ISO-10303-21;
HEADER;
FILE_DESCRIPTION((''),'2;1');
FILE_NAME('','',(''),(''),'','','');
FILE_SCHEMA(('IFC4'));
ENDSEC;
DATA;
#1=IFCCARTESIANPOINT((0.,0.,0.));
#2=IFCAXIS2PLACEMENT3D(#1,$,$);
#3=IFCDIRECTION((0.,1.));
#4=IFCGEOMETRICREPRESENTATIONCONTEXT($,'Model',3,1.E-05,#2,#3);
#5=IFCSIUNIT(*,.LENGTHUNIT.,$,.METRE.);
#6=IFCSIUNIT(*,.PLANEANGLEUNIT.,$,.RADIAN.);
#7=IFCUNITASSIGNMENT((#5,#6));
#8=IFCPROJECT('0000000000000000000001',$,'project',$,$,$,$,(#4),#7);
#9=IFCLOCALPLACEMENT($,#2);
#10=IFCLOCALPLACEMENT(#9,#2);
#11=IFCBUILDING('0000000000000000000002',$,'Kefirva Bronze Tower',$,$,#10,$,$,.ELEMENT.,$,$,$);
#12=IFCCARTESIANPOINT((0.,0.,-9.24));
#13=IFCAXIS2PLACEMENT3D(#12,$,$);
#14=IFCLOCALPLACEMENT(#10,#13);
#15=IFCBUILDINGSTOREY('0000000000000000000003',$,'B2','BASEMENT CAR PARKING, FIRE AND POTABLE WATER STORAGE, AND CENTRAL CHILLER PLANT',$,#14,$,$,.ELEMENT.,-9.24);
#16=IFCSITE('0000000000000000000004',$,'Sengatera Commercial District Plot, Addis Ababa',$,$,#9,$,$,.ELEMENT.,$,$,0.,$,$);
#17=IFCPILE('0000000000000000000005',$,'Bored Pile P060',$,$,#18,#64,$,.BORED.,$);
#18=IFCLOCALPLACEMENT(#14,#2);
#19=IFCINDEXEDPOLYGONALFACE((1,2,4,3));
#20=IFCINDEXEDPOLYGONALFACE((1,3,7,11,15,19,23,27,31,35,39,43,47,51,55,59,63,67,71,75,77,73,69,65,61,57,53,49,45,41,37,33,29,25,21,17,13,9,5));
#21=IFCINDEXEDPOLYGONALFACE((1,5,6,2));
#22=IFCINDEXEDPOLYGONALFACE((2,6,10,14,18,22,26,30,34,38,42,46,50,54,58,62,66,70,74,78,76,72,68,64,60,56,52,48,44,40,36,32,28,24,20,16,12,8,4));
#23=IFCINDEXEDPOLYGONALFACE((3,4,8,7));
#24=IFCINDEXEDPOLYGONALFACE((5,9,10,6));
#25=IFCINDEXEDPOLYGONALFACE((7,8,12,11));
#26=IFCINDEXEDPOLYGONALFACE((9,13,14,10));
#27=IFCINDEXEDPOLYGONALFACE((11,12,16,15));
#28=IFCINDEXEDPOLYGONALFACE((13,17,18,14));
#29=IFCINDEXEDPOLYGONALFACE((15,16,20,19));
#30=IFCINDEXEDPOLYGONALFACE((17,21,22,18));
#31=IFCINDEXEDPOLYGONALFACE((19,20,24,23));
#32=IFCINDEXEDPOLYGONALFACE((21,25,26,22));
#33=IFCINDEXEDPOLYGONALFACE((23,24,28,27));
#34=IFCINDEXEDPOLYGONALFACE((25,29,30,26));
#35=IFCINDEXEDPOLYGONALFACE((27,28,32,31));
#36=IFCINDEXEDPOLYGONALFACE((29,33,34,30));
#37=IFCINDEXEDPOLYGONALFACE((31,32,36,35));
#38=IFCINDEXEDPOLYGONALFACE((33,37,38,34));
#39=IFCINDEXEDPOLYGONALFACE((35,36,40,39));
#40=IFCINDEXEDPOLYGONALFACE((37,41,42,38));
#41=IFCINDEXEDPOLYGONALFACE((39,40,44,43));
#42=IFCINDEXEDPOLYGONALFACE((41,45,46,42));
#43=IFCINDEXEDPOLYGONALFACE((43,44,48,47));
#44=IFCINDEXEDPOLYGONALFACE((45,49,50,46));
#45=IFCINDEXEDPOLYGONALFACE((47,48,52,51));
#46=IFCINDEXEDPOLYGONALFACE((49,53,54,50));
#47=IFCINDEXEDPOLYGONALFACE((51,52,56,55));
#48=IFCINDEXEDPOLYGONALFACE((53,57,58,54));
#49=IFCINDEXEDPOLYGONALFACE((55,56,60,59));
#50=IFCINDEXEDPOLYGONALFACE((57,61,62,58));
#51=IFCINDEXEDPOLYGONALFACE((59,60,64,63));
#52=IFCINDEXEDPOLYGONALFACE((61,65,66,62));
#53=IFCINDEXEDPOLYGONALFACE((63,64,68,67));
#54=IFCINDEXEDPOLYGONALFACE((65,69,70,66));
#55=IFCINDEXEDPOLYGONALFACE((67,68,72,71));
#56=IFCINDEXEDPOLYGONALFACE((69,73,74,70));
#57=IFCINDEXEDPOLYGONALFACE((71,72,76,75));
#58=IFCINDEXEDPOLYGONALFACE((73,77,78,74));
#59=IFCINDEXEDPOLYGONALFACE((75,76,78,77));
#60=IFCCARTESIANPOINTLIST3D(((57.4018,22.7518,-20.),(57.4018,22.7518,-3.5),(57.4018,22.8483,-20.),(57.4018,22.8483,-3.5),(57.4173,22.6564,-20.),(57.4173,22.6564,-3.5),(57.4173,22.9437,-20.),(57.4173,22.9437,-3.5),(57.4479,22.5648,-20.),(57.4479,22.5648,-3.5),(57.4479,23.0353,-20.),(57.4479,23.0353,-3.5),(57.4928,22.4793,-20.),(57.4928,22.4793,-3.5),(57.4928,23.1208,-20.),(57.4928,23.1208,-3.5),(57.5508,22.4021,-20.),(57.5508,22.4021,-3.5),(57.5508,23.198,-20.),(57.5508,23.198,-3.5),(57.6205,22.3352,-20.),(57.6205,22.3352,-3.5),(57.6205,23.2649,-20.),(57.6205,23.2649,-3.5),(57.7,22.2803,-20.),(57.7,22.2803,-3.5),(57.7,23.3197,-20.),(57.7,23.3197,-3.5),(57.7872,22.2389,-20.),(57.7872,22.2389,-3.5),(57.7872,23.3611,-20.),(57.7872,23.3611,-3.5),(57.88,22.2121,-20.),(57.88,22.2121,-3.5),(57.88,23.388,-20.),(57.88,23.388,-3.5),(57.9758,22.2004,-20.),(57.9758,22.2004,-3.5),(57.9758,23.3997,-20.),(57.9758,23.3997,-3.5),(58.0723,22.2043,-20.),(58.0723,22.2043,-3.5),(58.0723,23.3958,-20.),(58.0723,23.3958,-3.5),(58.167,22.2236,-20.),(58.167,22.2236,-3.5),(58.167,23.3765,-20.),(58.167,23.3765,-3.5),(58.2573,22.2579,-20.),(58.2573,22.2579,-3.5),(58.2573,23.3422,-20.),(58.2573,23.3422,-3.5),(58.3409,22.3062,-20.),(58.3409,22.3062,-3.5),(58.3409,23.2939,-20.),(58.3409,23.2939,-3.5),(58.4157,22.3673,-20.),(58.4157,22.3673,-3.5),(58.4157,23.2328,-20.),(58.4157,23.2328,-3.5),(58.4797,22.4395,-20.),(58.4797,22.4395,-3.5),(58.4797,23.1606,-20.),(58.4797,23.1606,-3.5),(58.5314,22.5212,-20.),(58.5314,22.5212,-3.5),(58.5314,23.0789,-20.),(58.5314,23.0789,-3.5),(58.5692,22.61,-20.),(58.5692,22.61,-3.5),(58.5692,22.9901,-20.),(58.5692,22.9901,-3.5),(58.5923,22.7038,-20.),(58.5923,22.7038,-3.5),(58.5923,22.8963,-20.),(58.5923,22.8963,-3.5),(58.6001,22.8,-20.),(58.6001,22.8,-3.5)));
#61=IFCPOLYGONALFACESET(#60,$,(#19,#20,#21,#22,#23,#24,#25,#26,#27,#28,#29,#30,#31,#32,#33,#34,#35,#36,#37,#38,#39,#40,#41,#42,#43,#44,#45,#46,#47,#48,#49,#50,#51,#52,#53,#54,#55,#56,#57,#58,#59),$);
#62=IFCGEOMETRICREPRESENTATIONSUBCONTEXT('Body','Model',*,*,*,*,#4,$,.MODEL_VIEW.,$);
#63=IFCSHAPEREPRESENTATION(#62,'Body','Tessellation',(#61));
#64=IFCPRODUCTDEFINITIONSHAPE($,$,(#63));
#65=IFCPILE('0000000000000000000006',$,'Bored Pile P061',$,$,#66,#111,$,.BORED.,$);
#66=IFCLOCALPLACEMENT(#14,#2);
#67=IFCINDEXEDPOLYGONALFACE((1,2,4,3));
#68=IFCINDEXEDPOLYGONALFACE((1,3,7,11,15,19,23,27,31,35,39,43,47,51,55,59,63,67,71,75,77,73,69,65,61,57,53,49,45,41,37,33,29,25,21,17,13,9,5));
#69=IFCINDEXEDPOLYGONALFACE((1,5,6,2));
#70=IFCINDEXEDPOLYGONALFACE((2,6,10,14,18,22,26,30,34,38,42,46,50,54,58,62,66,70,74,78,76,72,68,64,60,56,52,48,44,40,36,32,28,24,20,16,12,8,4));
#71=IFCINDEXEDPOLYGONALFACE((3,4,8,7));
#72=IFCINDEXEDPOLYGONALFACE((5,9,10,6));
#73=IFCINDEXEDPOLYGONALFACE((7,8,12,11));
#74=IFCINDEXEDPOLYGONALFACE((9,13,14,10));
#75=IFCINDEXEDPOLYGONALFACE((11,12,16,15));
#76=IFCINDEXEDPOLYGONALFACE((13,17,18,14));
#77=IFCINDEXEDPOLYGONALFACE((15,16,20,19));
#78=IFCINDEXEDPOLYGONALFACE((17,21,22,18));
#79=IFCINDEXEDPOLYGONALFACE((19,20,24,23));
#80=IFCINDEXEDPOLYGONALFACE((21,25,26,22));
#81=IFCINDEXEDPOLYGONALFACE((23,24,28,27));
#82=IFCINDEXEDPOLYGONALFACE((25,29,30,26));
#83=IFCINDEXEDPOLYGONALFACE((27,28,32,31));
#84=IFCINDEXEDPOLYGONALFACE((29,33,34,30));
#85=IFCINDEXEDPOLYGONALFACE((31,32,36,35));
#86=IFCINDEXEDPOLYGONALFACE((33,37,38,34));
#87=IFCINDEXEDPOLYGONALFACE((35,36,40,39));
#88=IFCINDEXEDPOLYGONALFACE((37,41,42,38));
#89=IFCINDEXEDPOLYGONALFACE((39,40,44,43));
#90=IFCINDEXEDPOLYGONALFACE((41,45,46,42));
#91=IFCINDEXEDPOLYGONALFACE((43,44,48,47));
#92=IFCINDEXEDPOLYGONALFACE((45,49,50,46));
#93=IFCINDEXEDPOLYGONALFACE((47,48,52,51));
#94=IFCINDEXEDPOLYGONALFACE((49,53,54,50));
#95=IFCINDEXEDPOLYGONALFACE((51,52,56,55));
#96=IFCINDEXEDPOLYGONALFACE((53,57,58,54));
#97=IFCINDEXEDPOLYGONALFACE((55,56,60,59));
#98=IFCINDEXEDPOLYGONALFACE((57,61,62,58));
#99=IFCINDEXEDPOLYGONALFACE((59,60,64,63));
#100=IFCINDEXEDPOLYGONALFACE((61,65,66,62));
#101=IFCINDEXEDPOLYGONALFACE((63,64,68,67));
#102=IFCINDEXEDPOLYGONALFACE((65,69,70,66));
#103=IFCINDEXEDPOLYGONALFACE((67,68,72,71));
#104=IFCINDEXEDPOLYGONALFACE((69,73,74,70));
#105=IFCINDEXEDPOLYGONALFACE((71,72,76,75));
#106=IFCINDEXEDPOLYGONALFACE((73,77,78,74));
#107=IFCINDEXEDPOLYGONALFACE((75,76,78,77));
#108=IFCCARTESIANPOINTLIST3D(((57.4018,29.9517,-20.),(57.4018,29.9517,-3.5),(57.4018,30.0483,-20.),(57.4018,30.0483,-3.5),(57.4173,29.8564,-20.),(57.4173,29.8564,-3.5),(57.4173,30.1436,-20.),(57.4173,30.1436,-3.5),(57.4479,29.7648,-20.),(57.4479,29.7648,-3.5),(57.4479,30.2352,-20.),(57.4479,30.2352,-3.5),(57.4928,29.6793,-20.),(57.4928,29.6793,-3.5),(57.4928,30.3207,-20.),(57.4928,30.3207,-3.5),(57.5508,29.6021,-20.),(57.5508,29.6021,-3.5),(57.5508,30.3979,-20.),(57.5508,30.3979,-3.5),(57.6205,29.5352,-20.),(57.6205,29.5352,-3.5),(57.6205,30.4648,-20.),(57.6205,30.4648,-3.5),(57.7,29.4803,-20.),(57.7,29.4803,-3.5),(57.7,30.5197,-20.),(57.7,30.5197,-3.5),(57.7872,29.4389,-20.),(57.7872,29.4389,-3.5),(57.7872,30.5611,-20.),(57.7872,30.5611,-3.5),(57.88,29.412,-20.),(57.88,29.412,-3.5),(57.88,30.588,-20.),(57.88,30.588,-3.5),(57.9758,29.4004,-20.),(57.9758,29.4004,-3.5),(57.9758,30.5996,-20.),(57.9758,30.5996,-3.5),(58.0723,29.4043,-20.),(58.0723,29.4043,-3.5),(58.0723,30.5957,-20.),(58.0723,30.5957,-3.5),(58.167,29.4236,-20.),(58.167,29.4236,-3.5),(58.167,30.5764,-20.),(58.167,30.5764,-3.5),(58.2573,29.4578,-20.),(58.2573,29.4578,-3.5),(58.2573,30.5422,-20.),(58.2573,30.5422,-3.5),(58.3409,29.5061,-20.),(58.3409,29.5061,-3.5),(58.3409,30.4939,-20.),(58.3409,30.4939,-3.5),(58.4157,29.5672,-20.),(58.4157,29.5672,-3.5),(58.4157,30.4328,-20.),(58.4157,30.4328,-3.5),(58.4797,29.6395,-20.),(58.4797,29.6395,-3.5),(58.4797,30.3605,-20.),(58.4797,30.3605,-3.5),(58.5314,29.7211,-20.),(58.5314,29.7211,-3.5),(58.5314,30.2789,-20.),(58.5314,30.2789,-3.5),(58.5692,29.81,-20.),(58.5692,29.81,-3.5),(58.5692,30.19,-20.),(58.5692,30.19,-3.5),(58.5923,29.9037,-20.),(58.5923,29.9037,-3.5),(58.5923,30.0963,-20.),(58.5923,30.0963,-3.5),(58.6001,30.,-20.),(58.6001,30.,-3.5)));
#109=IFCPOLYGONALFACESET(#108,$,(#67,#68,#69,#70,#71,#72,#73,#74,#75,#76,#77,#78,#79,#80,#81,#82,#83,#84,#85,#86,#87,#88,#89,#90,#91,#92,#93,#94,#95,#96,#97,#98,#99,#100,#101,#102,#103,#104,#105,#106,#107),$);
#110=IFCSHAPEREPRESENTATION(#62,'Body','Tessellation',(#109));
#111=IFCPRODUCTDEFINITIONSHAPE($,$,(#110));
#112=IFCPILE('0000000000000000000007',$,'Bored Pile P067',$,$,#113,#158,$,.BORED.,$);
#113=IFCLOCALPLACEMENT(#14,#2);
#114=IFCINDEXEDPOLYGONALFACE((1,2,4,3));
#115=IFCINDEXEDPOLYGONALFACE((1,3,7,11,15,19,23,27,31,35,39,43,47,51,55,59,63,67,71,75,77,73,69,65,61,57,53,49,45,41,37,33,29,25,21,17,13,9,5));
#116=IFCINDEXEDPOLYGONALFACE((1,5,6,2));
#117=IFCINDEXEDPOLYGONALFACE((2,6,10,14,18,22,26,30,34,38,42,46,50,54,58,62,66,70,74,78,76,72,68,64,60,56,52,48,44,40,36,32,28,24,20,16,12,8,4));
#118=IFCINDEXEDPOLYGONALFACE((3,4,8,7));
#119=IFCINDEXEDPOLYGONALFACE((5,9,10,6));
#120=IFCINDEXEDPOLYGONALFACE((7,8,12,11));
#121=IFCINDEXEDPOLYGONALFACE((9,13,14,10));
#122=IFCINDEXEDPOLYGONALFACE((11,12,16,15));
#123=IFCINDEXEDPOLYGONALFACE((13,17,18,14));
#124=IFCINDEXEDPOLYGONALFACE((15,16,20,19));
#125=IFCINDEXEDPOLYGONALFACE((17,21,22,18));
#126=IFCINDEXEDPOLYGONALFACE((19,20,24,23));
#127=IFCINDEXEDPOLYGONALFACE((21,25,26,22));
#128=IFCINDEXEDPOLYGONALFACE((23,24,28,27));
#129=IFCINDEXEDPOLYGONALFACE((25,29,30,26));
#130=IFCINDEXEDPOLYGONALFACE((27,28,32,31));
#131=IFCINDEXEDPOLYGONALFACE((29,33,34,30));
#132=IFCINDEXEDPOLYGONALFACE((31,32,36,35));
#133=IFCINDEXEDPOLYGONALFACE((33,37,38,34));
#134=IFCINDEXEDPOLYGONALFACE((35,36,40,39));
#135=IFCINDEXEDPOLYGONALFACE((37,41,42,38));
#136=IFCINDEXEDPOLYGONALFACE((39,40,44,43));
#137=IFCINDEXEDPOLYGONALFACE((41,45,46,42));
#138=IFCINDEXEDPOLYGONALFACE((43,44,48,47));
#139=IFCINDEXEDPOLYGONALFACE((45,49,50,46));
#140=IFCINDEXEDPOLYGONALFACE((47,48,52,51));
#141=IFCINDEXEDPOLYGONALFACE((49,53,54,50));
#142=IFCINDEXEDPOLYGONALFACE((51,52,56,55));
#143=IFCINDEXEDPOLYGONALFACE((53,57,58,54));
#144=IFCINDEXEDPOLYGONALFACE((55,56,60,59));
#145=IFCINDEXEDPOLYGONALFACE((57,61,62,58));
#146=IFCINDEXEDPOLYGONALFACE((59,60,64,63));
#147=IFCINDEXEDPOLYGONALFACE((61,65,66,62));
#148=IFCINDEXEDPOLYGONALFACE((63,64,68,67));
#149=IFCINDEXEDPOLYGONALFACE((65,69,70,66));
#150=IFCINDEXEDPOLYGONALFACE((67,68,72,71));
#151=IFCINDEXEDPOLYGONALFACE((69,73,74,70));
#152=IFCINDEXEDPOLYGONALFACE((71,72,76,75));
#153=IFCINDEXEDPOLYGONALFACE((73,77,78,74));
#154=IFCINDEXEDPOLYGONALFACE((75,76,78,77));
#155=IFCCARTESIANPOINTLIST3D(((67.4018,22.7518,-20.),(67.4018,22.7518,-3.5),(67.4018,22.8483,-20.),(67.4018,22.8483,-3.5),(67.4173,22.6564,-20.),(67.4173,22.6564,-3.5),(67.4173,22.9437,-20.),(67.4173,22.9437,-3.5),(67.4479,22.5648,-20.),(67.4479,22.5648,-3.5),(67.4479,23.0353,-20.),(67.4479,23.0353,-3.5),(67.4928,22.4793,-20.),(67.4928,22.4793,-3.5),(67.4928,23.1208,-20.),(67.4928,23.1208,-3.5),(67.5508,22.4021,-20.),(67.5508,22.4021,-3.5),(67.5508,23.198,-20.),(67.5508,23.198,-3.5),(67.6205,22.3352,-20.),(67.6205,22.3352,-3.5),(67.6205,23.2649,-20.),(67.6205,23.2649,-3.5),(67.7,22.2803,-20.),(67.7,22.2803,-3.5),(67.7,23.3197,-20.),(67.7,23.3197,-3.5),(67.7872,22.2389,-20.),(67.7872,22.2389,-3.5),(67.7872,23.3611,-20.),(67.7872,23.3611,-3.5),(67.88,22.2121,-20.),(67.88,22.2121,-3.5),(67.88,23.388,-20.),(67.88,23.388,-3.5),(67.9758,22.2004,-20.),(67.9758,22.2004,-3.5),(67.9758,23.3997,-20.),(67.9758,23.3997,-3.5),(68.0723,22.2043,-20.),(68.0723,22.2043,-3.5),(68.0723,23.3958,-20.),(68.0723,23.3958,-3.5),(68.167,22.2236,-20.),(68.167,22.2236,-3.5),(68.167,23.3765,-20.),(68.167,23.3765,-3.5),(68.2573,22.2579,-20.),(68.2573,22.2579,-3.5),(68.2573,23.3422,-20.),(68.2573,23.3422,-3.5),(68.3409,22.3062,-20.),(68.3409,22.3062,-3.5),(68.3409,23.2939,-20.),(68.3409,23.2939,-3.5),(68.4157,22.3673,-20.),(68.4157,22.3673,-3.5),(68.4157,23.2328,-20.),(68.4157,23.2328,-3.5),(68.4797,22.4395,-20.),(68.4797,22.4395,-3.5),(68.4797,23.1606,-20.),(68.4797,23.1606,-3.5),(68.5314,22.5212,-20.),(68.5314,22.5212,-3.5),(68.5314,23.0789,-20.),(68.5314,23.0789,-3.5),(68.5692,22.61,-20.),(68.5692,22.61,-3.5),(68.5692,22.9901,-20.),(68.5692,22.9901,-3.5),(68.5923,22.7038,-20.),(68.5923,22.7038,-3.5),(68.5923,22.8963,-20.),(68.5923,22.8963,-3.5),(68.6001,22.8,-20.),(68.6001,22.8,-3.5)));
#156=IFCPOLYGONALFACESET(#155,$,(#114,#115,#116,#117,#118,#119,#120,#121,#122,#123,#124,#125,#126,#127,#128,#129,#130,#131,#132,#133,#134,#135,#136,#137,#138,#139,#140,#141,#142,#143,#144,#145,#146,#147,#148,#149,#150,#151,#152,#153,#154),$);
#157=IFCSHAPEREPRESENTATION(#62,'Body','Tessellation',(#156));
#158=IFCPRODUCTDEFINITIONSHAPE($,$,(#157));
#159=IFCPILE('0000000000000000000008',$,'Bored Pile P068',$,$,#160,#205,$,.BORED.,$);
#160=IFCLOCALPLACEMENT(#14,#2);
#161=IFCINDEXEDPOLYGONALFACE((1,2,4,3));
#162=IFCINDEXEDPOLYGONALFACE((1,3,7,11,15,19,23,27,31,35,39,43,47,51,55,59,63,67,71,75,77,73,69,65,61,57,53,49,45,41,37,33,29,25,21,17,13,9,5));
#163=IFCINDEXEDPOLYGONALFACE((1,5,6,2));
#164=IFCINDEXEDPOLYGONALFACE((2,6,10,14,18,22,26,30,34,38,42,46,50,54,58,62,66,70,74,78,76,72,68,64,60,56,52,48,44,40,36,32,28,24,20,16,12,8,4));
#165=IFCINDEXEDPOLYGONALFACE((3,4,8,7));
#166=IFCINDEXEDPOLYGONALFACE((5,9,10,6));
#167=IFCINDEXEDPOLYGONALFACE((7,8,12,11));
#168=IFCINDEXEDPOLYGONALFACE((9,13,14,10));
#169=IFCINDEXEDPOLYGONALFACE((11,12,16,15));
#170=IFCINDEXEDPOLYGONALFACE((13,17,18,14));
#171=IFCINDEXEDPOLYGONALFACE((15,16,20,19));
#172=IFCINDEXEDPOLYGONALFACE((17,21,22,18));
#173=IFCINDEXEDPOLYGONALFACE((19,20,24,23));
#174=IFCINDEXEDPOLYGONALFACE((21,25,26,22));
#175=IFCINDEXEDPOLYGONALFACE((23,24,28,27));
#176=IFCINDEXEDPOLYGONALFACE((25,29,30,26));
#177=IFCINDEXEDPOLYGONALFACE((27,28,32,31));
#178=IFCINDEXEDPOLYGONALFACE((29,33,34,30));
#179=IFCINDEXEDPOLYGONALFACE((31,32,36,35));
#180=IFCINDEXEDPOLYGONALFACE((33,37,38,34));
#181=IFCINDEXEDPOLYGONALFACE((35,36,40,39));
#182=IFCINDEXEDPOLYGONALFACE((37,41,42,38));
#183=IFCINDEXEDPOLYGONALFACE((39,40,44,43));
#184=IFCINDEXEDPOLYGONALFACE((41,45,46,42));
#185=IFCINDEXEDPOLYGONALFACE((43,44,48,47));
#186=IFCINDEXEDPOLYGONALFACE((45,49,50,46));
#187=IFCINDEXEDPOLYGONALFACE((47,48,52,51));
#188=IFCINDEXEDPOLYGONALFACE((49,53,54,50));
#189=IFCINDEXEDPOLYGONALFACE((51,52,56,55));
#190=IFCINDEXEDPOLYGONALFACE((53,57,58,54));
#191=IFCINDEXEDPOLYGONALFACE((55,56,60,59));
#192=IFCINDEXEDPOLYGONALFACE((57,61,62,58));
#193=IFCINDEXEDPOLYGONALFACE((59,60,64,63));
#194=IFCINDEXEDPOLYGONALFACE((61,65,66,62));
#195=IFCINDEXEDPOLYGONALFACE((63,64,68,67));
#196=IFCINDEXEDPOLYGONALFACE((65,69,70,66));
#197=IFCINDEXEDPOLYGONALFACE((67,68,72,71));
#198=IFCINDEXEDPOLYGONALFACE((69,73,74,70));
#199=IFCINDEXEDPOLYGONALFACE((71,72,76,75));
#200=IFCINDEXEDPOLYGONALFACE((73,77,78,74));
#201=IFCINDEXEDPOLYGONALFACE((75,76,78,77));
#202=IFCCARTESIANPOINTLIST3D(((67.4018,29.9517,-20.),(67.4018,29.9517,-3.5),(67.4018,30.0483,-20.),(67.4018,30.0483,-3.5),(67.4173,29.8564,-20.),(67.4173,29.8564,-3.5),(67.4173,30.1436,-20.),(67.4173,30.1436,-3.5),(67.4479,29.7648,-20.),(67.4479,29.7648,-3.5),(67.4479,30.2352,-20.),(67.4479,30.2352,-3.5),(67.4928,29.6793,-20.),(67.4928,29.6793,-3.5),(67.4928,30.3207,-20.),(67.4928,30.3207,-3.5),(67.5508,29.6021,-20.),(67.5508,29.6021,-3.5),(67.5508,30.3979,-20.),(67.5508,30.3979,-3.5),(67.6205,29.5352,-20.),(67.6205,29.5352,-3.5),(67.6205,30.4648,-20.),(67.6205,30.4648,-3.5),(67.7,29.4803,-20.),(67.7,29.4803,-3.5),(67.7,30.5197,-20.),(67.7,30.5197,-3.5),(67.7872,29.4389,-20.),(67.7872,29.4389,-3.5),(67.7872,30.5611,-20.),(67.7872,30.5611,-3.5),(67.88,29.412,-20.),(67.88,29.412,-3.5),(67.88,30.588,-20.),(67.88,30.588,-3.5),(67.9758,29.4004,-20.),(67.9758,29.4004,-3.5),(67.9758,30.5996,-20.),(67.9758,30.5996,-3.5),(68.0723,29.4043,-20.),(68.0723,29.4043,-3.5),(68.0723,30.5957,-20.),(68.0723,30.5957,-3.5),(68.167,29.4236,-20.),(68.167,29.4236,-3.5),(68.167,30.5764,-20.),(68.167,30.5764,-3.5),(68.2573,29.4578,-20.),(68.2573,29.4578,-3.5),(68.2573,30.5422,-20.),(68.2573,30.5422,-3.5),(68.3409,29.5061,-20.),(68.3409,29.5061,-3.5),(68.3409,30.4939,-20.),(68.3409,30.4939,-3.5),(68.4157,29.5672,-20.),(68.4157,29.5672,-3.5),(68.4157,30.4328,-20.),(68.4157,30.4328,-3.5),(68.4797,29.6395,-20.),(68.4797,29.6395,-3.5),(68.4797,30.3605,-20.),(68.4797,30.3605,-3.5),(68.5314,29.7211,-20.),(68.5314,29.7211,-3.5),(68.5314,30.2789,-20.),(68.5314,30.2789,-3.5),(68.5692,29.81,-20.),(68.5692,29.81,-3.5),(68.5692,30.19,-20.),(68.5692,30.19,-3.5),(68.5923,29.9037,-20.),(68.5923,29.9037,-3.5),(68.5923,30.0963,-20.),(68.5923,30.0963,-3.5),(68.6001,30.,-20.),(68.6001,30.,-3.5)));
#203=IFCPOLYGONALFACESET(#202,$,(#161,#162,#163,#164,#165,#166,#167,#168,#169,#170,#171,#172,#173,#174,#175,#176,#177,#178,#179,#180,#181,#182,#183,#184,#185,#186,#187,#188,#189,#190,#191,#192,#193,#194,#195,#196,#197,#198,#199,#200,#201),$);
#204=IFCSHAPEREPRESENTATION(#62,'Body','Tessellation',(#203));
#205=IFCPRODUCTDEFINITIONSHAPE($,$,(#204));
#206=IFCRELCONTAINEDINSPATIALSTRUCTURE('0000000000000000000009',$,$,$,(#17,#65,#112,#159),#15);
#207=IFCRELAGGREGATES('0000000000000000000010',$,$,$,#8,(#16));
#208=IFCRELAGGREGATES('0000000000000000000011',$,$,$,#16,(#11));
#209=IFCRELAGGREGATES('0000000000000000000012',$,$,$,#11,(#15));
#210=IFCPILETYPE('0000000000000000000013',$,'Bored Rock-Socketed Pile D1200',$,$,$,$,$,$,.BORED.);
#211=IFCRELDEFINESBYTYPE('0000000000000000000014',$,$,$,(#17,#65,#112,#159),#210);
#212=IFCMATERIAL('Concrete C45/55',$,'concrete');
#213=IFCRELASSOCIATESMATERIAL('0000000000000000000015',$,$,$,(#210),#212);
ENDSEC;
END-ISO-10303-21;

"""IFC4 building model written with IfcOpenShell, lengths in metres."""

from ifc_helpers import new_model, si_unit, direction, frame, origin, origin_2d, place, context, subcontext, project, spatial, circle, extrude, material, material_profile, profile_set, type_object, element, save


model = new_model("IFC4")

# Units and contexts
model_context = context("Model", 3, precision=1e-05, world=origin(), true_north=direction((0.0, 1.0)))
body_context = subcontext(model_context, "Body", "Model", "MODEL_VIEW")
ifc_project = project(units=[si_unit("LENGTHUNIT", "METRE"), si_unit("PLANEANGLEUNIT", "RADIAN")], contexts=[model_context])

# Site, building, storey
site_placement = place(None, origin())
site = spatial("IfcSite", under=ifc_project, at=site_placement, Name="Sengatera Commercial District Plot, Addis Ababa", CompositionType="ELEMENT", RefElevation=0.0)
building_placement = place(site_placement, origin())
building = spatial("IfcBuilding", under=site, at=building_placement, Name="Kefirva Bronze Tower", CompositionType="ELEMENT")
storey_placement = place(building_placement, frame((0.0, 0.0, -9.24)))
storey = spatial("IfcBuildingStorey", under=building, at=storey_placement, Name="B2", Description="BASEMENT CAR PARKING, FIRE AND POTABLE WATER STORAGE, AND CENTRAL CHILLER PLANT", CompositionType="ELEMENT", Elevation=-9.24)

# Piles
ifc_material_1 = material(Name="Concrete C45/55", Category="concrete")
ifc_material_profile_1 = material_profile(ifc_material_1, circle(Radius=0.6001, at=origin_2d()), Name="BORED PILE D1200")
ifc_profile_set_1 = profile_set([ifc_material_profile_1], Name="Concrete C45/55")
pile_type = type_object("IfcPileType", Name="Bored Rock-Socketed Pile D1200", PredefinedType="BORED", material=ifc_profile_set_1)
for number, where, z_axis, x_axis, name in (
    (1, (58.0, 22.8, -3.5), (0.0, 0.0, -1.0), (1.0, 0.0, 0.0), "Bored Pile P060"),
    (2, (58.0, 30.0, -3.5), (0.0, 0.0, -1.0), (1.0, 0.0, 0.0), "Bored Pile P061"),
    (3, (68.0, 22.8, -3.5), (0.0, 0.0, -1.0), (1.0, 0.0, 0.0), "Bored Pile P067"),
    (4, (68.0, 30.0, -3.5), (0.0, 0.0, -1.0), (1.0, 0.0, 0.0), "Bored Pile P068"),
):
    element("IfcPile", number, at=place(storey_placement, frame(where, z_axis=z_axis, x_axis=x_axis)), inside=storey, type_object=pile_type, Name=name, PredefinedType="BORED", context=body_context, shape_type="SweptSolid", body=[
        extrude(circle(Radius=0.6001, at=origin_2d()), origin(), (0.0, 0.0, 1.0), 16.5),
    ])

save(model, "model.ifc")
